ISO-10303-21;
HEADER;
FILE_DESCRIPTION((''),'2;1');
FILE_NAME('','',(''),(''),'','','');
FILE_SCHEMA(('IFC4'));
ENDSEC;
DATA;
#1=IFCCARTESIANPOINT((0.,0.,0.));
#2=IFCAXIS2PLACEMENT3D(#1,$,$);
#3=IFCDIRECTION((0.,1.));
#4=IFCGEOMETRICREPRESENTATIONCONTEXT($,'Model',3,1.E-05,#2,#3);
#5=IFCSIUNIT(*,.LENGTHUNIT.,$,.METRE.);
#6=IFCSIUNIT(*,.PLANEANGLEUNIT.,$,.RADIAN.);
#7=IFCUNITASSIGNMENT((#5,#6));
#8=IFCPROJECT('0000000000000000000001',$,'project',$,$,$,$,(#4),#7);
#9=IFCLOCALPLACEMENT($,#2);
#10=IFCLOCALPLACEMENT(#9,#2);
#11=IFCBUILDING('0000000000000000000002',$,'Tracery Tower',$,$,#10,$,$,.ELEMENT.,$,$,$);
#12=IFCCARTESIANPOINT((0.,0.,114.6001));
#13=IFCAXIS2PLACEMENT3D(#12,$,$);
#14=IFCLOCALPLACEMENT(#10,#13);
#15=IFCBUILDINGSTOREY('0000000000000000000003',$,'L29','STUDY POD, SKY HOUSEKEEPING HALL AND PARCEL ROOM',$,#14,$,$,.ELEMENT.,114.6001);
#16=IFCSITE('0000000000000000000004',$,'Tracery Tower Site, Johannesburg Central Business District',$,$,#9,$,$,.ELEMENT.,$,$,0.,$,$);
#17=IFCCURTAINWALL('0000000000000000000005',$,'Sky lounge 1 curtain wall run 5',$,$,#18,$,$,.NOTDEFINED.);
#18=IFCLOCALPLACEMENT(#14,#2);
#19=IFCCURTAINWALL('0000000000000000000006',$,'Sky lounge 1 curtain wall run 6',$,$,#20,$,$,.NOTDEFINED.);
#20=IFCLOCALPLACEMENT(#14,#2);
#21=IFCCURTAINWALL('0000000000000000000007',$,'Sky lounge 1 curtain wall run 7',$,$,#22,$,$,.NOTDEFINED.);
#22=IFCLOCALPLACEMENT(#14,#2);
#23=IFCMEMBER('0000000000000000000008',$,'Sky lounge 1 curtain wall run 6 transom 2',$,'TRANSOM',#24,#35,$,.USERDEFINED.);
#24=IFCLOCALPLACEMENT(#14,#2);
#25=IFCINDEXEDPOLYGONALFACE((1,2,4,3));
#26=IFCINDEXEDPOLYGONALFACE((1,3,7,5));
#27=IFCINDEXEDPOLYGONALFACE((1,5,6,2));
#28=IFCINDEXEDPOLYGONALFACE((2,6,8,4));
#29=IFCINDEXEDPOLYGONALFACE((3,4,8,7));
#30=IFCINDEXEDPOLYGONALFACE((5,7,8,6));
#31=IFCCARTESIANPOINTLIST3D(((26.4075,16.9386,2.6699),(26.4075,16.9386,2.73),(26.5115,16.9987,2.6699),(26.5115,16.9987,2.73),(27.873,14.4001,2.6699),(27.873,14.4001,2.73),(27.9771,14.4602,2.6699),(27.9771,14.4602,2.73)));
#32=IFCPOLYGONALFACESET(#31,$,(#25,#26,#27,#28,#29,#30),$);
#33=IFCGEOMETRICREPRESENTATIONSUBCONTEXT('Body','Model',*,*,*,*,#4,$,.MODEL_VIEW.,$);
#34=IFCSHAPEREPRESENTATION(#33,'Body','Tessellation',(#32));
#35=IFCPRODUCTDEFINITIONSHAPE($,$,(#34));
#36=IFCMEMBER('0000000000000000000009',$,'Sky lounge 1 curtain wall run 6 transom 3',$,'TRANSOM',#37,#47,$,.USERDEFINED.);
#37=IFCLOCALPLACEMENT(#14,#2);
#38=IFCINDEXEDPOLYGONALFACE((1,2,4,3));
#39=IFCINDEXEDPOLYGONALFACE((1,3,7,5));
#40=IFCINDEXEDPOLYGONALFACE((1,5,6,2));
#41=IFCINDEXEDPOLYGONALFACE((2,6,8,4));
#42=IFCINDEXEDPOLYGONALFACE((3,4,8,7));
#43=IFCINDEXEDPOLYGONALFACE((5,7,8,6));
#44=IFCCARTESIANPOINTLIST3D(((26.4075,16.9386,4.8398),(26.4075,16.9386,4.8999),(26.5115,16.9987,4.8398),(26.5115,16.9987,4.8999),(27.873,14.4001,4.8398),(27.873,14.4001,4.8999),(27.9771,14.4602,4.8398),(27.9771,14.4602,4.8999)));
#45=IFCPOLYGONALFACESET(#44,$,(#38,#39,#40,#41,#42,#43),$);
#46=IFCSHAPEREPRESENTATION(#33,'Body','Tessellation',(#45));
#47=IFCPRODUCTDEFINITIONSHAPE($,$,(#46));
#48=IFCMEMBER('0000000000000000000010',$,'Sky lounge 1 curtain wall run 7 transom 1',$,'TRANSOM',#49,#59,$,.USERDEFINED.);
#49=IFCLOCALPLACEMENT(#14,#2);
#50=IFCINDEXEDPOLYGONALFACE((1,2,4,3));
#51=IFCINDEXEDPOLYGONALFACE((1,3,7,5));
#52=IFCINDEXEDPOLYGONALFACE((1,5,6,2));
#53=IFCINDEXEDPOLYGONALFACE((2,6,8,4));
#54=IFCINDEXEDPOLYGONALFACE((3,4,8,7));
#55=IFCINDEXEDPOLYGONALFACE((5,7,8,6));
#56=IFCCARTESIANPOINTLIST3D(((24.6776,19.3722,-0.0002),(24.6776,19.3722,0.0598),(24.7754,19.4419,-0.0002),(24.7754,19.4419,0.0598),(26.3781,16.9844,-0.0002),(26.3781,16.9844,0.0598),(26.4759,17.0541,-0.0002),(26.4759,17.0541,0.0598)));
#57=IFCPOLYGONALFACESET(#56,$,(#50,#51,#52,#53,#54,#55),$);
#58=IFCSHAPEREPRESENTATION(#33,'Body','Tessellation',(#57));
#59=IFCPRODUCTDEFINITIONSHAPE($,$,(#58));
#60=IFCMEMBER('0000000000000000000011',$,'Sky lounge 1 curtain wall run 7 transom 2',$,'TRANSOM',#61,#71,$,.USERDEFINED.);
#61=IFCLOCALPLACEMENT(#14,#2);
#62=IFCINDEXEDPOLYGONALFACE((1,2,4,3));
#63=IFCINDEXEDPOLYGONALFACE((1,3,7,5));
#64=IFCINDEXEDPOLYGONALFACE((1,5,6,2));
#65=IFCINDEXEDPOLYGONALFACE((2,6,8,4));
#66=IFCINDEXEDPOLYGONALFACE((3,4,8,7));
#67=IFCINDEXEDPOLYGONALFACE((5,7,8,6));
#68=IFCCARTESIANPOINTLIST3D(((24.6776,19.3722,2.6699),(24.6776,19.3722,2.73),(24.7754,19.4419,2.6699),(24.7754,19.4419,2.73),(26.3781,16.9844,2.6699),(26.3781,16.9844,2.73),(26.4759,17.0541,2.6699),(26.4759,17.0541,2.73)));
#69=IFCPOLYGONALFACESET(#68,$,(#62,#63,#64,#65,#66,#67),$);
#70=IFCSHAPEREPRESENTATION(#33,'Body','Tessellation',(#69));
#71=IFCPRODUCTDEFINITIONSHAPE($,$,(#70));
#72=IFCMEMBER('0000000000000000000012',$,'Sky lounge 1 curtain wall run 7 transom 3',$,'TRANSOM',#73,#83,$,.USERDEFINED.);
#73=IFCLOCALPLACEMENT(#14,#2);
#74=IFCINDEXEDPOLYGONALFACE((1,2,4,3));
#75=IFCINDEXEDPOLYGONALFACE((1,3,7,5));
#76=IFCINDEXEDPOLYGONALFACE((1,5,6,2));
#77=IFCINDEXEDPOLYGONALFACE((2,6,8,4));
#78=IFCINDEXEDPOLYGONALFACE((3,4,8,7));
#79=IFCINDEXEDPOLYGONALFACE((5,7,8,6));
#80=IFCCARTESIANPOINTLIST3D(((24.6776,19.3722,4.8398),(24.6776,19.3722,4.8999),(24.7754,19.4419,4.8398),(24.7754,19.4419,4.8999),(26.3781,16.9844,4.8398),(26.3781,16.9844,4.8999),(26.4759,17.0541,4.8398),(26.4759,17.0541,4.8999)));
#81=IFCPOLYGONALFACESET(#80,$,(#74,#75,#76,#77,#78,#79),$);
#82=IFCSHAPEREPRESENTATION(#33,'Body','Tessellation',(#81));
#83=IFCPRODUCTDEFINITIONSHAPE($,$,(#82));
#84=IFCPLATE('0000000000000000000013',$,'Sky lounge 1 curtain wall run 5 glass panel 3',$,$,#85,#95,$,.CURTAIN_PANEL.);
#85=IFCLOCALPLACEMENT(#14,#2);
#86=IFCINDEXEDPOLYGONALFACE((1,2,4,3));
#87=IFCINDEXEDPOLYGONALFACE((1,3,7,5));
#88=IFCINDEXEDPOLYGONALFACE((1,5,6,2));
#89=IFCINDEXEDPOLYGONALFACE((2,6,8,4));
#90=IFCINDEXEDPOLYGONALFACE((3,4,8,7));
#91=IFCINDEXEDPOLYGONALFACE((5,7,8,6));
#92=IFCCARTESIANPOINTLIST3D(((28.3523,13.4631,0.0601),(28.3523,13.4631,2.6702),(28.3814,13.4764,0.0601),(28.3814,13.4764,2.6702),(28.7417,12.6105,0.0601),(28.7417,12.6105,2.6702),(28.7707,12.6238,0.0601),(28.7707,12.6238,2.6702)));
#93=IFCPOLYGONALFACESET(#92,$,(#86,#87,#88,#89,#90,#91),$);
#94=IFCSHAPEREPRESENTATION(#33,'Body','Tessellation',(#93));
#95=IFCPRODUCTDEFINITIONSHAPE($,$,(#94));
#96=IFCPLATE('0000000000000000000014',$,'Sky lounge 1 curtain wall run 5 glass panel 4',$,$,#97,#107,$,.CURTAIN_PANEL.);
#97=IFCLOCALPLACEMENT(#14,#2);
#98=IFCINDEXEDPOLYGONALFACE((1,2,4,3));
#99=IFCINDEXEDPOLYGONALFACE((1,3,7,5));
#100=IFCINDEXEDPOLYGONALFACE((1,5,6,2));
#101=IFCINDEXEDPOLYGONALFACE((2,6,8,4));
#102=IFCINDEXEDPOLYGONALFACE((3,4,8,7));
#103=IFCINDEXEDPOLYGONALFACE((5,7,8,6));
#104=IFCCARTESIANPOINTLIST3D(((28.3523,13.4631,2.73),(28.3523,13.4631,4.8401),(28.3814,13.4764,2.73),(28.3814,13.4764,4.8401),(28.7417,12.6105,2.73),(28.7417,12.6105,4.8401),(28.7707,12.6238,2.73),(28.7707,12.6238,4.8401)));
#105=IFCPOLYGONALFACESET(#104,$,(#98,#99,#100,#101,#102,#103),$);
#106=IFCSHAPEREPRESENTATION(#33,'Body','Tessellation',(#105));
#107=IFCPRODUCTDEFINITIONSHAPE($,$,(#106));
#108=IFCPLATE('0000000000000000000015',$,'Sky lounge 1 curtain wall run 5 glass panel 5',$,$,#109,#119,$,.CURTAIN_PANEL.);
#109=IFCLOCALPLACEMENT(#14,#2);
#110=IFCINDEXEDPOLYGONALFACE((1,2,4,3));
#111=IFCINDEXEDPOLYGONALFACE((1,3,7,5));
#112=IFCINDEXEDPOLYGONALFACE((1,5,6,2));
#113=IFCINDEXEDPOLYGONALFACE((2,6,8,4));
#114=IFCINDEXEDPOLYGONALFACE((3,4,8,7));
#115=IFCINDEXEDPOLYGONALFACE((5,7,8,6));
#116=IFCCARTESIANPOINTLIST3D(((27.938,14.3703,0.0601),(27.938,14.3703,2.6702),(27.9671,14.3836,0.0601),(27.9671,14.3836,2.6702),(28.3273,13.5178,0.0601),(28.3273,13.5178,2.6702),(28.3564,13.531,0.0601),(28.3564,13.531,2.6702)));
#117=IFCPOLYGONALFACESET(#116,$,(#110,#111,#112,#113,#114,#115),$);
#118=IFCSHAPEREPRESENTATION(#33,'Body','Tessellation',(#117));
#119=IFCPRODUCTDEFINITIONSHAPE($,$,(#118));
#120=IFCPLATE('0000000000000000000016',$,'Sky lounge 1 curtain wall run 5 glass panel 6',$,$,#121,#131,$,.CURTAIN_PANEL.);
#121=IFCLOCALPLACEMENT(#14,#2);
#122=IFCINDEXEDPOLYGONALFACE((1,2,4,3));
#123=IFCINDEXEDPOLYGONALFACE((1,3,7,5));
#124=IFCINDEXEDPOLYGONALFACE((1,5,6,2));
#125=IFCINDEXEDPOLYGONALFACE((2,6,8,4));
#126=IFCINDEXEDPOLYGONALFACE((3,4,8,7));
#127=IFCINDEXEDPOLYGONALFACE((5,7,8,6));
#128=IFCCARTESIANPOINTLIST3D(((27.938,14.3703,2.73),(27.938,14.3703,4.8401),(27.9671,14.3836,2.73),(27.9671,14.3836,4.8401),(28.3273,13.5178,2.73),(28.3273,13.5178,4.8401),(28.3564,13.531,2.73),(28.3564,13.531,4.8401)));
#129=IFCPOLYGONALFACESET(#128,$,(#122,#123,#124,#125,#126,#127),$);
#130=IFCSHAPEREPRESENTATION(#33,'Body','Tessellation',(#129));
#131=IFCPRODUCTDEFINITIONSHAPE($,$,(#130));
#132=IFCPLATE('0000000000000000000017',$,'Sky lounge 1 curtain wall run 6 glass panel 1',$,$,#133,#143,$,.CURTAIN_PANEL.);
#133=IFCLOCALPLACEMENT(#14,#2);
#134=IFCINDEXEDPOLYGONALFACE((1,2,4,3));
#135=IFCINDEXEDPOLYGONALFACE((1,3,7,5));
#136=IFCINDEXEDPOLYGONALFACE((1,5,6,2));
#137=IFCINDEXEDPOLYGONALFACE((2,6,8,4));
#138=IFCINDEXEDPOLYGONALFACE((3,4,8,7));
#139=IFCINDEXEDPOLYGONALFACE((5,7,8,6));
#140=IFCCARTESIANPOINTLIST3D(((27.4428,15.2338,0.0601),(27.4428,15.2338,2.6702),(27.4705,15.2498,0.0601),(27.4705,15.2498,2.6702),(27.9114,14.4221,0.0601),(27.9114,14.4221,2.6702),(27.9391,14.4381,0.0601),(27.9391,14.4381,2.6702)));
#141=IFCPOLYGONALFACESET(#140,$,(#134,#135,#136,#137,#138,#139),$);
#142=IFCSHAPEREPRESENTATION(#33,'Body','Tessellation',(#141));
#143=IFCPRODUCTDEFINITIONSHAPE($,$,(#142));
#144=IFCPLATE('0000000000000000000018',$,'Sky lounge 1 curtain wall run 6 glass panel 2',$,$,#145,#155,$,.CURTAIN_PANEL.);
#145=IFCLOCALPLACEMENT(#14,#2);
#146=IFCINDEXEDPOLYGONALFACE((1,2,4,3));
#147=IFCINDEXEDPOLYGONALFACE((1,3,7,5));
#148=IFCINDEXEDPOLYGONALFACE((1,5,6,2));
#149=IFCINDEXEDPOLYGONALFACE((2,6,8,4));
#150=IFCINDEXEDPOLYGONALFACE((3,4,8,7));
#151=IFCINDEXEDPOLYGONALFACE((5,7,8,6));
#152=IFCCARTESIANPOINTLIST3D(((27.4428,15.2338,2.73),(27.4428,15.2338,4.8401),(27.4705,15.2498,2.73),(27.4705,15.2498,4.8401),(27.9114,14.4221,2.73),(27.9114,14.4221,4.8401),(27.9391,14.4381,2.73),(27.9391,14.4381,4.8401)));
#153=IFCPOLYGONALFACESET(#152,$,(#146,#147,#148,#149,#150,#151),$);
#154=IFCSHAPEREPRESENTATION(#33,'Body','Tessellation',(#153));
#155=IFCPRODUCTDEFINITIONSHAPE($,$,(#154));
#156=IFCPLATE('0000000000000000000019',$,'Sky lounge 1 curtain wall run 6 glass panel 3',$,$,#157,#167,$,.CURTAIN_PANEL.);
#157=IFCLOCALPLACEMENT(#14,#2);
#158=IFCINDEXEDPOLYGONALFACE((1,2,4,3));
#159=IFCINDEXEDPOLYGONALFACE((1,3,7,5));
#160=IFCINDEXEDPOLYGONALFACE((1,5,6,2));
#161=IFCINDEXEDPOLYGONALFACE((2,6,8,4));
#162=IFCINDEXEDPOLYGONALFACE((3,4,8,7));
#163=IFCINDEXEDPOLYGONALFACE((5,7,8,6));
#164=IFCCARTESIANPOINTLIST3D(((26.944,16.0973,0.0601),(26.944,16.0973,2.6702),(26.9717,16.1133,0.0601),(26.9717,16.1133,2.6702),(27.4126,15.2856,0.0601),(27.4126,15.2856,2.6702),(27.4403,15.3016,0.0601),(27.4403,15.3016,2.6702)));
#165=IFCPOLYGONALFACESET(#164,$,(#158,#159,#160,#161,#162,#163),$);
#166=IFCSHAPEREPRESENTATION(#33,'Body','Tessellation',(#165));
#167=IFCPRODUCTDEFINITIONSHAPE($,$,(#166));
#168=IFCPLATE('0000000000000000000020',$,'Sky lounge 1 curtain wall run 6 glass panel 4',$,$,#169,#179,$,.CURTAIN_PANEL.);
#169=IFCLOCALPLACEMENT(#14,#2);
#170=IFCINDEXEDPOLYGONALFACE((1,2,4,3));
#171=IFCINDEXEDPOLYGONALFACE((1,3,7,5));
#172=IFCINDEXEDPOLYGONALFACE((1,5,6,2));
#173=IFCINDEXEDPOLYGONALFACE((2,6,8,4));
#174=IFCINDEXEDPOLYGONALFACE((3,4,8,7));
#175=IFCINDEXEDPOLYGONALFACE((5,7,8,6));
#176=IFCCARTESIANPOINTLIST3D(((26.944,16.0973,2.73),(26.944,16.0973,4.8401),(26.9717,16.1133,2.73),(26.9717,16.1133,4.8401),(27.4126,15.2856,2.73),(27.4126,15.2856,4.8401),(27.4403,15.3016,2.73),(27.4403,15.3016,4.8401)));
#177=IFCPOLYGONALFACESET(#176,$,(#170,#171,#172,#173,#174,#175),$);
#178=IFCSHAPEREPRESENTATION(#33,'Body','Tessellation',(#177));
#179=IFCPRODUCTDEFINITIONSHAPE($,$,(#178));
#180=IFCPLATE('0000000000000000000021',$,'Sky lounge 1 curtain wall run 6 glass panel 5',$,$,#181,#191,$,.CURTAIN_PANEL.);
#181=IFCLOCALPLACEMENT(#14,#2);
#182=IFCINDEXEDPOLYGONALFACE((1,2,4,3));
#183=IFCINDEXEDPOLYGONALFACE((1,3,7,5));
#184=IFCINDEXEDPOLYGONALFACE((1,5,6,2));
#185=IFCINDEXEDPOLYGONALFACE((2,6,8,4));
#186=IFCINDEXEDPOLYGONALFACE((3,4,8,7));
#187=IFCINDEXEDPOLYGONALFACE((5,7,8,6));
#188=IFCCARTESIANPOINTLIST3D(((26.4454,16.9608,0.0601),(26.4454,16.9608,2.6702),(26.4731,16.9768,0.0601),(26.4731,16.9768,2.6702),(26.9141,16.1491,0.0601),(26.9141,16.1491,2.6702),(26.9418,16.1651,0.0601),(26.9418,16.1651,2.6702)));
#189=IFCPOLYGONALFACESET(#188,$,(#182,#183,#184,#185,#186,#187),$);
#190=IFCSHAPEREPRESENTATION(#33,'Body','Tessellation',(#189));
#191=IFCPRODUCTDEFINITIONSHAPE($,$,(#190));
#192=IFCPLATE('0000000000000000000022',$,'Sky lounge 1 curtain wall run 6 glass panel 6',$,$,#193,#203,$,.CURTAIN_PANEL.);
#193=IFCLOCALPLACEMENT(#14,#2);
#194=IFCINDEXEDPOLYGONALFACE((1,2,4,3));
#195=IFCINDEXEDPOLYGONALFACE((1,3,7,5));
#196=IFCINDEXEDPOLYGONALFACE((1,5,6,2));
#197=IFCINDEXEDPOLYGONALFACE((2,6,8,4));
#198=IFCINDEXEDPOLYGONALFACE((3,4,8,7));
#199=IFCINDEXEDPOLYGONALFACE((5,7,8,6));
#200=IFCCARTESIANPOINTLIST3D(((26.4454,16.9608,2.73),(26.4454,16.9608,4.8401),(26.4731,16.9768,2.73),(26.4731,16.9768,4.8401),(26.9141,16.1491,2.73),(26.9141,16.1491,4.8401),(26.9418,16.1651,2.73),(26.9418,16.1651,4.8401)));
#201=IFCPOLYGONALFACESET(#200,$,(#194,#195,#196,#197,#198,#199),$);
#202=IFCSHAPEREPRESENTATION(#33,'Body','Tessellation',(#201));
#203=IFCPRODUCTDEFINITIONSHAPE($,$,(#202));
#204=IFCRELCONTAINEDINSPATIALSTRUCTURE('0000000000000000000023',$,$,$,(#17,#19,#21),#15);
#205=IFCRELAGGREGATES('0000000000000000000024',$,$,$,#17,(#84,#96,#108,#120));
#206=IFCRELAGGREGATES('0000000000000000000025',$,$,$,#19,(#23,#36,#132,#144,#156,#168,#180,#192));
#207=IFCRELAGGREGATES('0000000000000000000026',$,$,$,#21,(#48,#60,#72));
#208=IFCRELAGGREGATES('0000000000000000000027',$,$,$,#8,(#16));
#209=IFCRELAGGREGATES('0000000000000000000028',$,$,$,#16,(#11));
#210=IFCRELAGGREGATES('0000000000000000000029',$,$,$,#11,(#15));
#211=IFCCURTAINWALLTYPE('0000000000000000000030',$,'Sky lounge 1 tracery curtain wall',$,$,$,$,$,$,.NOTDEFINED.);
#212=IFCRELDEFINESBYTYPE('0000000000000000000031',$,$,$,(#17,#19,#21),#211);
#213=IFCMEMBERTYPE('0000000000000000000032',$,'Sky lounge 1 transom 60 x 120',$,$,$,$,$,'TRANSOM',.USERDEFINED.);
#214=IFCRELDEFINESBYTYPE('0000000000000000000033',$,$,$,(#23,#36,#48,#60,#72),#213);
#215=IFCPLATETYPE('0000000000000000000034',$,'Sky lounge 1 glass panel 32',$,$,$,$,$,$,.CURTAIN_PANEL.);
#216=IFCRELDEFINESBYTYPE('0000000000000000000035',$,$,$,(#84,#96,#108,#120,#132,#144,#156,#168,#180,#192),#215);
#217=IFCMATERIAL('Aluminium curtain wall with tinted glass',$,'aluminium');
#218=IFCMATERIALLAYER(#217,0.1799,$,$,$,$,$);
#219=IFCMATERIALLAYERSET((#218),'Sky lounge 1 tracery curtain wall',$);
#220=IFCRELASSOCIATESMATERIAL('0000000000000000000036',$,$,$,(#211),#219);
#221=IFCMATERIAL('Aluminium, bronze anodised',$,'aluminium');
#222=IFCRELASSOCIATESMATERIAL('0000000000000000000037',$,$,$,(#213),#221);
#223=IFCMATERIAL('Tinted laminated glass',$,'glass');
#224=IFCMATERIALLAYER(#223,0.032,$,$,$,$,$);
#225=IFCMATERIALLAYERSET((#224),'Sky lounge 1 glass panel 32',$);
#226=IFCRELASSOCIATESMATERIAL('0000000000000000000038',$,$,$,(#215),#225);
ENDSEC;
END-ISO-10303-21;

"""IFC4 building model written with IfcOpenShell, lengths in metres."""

from ifc_helpers import new_model, si_unit, direction, frame, origin, origin_2d, place, context, subcontext, project, spatial, rectangle, extrude, material, layer, layer_set, material_profile, profile_set, type_object, element, aggregate, save


model = new_model("IFC4")

# Units and contexts
model_context = context("Model", 3, precision=1e-05, world=origin(), true_north=direction((0.0, 1.0)))
body_context = subcontext(model_context, "Body", "Model", "MODEL_VIEW")
ifc_project = project(units=[si_unit("LENGTHUNIT", "METRE"), si_unit("PLANEANGLEUNIT", "RADIAN")], contexts=[model_context])

# Site, building, storey
site_placement = place(None, origin())
site = spatial("IfcSite", under=ifc_project, at=site_placement, Name="Tracery Tower Site, Johannesburg Central Business District", CompositionType="ELEMENT", RefElevation=0.0)
building_placement = place(site_placement, origin())
building = spatial("IfcBuilding", under=site, at=building_placement, Name="Tracery Tower", CompositionType="ELEMENT")
storey_placement = place(building_placement, frame((0.0, 0.0, 114.6001)))
storey = spatial("IfcBuildingStorey", under=building, at=storey_placement, Name="L29", Description="STUDY POD, SKY HOUSEKEEPING HALL AND PARCEL ROOM", CompositionType="ELEMENT", Elevation=114.6001)

# Curtain walls
ifc_material_1 = material(Name="Aluminium curtain wall with tinted glass", Category="aluminium")
ifc_layer_1 = layer(ifc_material_1, 0.1799)
ifc_layer_set_1 = layer_set([ifc_layer_1], Name="Sky lounge 1 tracery curtain wall")
curtain_wall_type = type_object("IfcCurtainWallType", Name="Sky lounge 1 tracery curtain wall", PredefinedType="NOTDEFINED", material=ifc_layer_set_1)
curtain_wall_1_placement = place(storey_placement, origin())
curtain_wall_1 = element("IfcCurtainWall", 1, at=curtain_wall_1_placement, inside=storey, type_object=curtain_wall_type, Name="Sky lounge 1 curtain wall run 5", PredefinedType="NOTDEFINED")
curtain_wall_2_placement = place(storey_placement, origin())
curtain_wall_2 = element("IfcCurtainWall", 2, at=curtain_wall_2_placement, inside=storey, type_object=curtain_wall_type, Name="Sky lounge 1 curtain wall run 6", PredefinedType="NOTDEFINED")
curtain_wall_3_placement = place(storey_placement, origin())
curtain_wall_3 = element("IfcCurtainWall", 3, at=curtain_wall_3_placement, inside=storey, type_object=curtain_wall_type, Name="Sky lounge 1 curtain wall run 7", PredefinedType="NOTDEFINED")

# Members
ifc_material_2 = material(Name="Aluminium, bronze anodised", Category="aluminium")
ifc_material_profile_1 = material_profile(ifc_material_2, rectangle(XDim=0.1201, YDim=0.0601, at=origin_2d()), Name="AL 60x120")
ifc_profile_set_1 = profile_set([ifc_material_profile_1], Name="Aluminium, bronze anodised")
member_type_1 = type_object("IfcMemberType", Name="Sky lounge 1 transom 60 x 120", ElementType="TRANSOM", PredefinedType="USERDEFINED", material=ifc_profile_set_1)
member_1_placement = place(storey_placement, frame((27.925, 14.4302, 2.7), z_axis=(-0.499982, 0.866036, 0.0), x_axis=(-0.866036, -0.499982, 0.0)))
member_1 = element("IfcMember", 4, at=member_1_placement, type_object=member_type_1, Name="Sky lounge 1 curtain wall run 6 transom 2", ObjectType="TRANSOM", PredefinedType="USERDEFINED", context=body_context, shape_type="SweptSolid", body=[
    extrude(rectangle(XDim=0.1201, YDim=0.0601, at=origin_2d()), origin(), (0.0, 0.0, 1.0), 2.9312),
])
member_2_placement = place(storey_placement, frame((27.925, 14.4302, 4.8699), z_axis=(-0.499982, 0.866036, 0.0), x_axis=(-0.866036, -0.499982, 0.0)))
member_2 = element("IfcMember", 5, at=member_2_placement, type_object=member_type_1, Name="Sky lounge 1 curtain wall run 6 transom 3", ObjectType="TRANSOM", PredefinedType="USERDEFINED", context=body_context, shape_type="SweptSolid", body=[
    extrude(rectangle(XDim=0.1201, YDim=0.0601, at=origin_2d()), origin(), (0.0, 0.0, 1.0), 2.9312),
])
member_3_placement = place(storey_placement, frame((26.427, 17.0193, 0.0298), z_axis=(-0.580095, 0.814549, 0.0), x_axis=(-0.814549, -0.580095, 0.0)))
member_3 = element("IfcMember", 6, at=member_3_placement, type_object=member_type_1, Name="Sky lounge 1 curtain wall run 7 transom 1", ObjectType="TRANSOM", PredefinedType="USERDEFINED", context=body_context, shape_type="SweptSolid", body=[
    extrude(rectangle(XDim=0.1201, YDim=0.0601, at=origin_2d()), origin(), (0.0, 0.0, 1.0), 2.9314),
])
member_4_placement = place(storey_placement, frame((26.427, 17.0193, 2.7), z_axis=(-0.580095, 0.814549, 0.0), x_axis=(-0.814549, -0.580095, 0.0)))
member_4 = element("IfcMember", 7, at=member_4_placement, type_object=member_type_1, Name="Sky lounge 1 curtain wall run 7 transom 2", ObjectType="TRANSOM", PredefinedType="USERDEFINED", context=body_context, shape_type="SweptSolid", body=[
    extrude(rectangle(XDim=0.1201, YDim=0.0601, at=origin_2d()), origin(), (0.0, 0.0, 1.0), 2.9314),
])
member_5_placement = place(storey_placement, frame((26.427, 17.0193, 4.8699), z_axis=(-0.580095, 0.814549, 0.0), x_axis=(-0.814549, -0.580095, 0.0)))
member_5 = element("IfcMember", 8, at=member_5_placement, type_object=member_type_1, Name="Sky lounge 1 curtain wall run 7 transom 3", ObjectType="TRANSOM", PredefinedType="USERDEFINED", context=body_context, shape_type="SweptSolid", body=[
    extrude(rectangle(XDim=0.1201, YDim=0.0601, at=origin_2d()), origin(), (0.0, 0.0, 1.0), 2.9314),
])

# Plates
ifc_material_3 = material(Name="Tinted laminated glass", Category="glass")
ifc_layer_2 = layer(ifc_material_3, 0.032)
ifc_layer_set_2 = layer_set([ifc_layer_2], Name="Sky lounge 1 glass panel 32")
plate_type = type_object("IfcPlateType", Name="Sky lounge 1 glass panel 32", PredefinedType="CURTAIN_PANEL", material=ifc_layer_set_2)
plate_1_placement = place(storey_placement, frame((28.5615, 13.0435, 0.0601), z_axis=(0.0, 0.0, 1.0), x_axis=(-0.415415, 0.909632, 0.0)))
plate_1 = element("IfcPlate", 9, at=plate_1_placement, type_object=plate_type, Name="Sky lounge 1 curtain wall run 5 glass panel 3", PredefinedType="CURTAIN_PANEL", context=body_context, shape_type="SweptSolid", body=[
    extrude(rectangle(XDim=0.9373, YDim=0.032, at=origin_2d()), origin(), (0.0, 0.0, 1.0), 2.6101),
])
plate_2_placement = place(storey_placement, frame((28.5615, 13.0435, 2.73), z_axis=(0.0, 0.0, 1.0), x_axis=(-0.415415, 0.909632, 0.0)))
plate_2 = element("IfcPlate", 10, at=plate_2_placement, type_object=plate_type, Name="Sky lounge 1 curtain wall run 5 glass panel 4", PredefinedType="CURTAIN_PANEL", context=body_context, shape_type="SweptSolid", body=[
    extrude(rectangle(XDim=0.9373, YDim=0.032, at=origin_2d()), origin(), (0.0, 0.0, 1.0), 2.1101),
])
plate_3_placement = place(storey_placement, frame((28.1472, 13.9507, 0.0601), z_axis=(0.0, 0.0, 1.0), x_axis=(-0.415415, 0.909632, 0.0)))
plate_3 = element("IfcPlate", 11, at=plate_3_placement, type_object=plate_type, Name="Sky lounge 1 curtain wall run 5 glass panel 5", PredefinedType="CURTAIN_PANEL", context=body_context, shape_type="SweptSolid", body=[
    extrude(rectangle(XDim=0.9373, YDim=0.032, at=origin_2d()), origin(), (0.0, 0.0, 1.0), 2.6101),
])
plate_4_placement = place(storey_placement, frame((28.1472, 13.9507, 2.73), z_axis=(0.0, 0.0, 1.0), x_axis=(-0.415415, 0.909632, 0.0)))
plate_4 = element("IfcPlate", 12, at=plate_4_placement, type_object=plate_type, Name="Sky lounge 1 curtain wall run 5 glass panel 6", PredefinedType="CURTAIN_PANEL", context=body_context, shape_type="SweptSolid", body=[
    extrude(rectangle(XDim=0.9373, YDim=0.032, at=origin_2d()), origin(), (0.0, 0.0, 1.0), 2.1101),
])
aggregate(curtain_wall_1, [plate_1, plate_2, plate_3, plate_4])
plate_5_placement = place(storey_placement, frame((27.6909, 14.8359, 0.0601), z_axis=(0.0, 0.0, 1.0), x_axis=(-0.5, 0.866025, 0.0)))
plate_5 = element("IfcPlate", 13, at=plate_5_placement, type_object=plate_type, Name="Sky lounge 1 curtain wall run 6 glass panel 1", PredefinedType="CURTAIN_PANEL", context=body_context, shape_type="SweptSolid", body=[
    extrude(rectangle(XDim=0.9373, YDim=0.032, at=origin_2d()), origin(), (0.0, 0.0, 1.0), 2.6101),
])
plate_6_placement = place(storey_placement, frame((27.6909, 14.8359, 2.73), z_axis=(0.0, 0.0, 1.0), x_axis=(-0.5, 0.866025, 0.0)))
plate_6 = element("IfcPlate", 14, at=plate_6_placement, type_object=plate_type, Name="Sky lounge 1 curtain wall run 6 glass panel 2", PredefinedType="CURTAIN_PANEL", context=body_context, shape_type="SweptSolid", body=[
    extrude(rectangle(XDim=0.9373, YDim=0.032, at=origin_2d()), origin(), (0.0, 0.0, 1.0), 2.1101),
])
plate_7_placement = place(storey_placement, frame((27.1921, 15.6995, 0.0601), z_axis=(0.0, 0.0, 1.0), x_axis=(-0.5, 0.866025, 0.0)))
plate_7 = element("IfcPlate", 15, at=plate_7_placement, type_object=plate_type, Name="Sky lounge 1 curtain wall run 6 glass panel 3", PredefinedType="CURTAIN_PANEL", context=body_context, shape_type="SweptSolid", body=[
    extrude(rectangle(XDim=0.9373, YDim=0.032, at=origin_2d()), origin(), (0.0, 0.0, 1.0), 2.6101),
])
plate_8_placement = place(storey_placement, frame((27.1921, 15.6995, 2.73), z_axis=(0.0, 0.0, 1.0), x_axis=(-0.5, 0.866025, 0.0)))
plate_8 = element("IfcPlate", 16, at=plate_8_placement, type_object=plate_type, Name="Sky lounge 1 curtain wall run 6 glass panel 4", PredefinedType="CURTAIN_PANEL", context=body_context, shape_type="SweptSolid", body=[
    extrude(rectangle(XDim=0.9373, YDim=0.032, at=origin_2d()), origin(), (0.0, 0.0, 1.0), 2.1101),
])
plate_9_placement = place(storey_placement, frame((26.6936, 16.563, 0.0601), z_axis=(0.0, 0.0, 1.0), x_axis=(-0.5, 0.866025, 0.0)))
plate_9 = element("IfcPlate", 17, at=plate_9_placement, type_object=plate_type, Name="Sky lounge 1 curtain wall run 6 glass panel 5", PredefinedType="CURTAIN_PANEL", context=body_context, shape_type="SweptSolid", body=[
    extrude(rectangle(XDim=0.9373, YDim=0.032, at=origin_2d()), origin(), (0.0, 0.0, 1.0), 2.6101),
])
plate_10_placement = place(storey_placement, frame((26.6936, 16.563, 2.73), z_axis=(0.0, 0.0, 1.0), x_axis=(-0.5, 0.866025, 0.0)))
plate_10 = element("IfcPlate", 18, at=plate_10_placement, type_object=plate_type, Name="Sky lounge 1 curtain wall run 6 glass panel 6", PredefinedType="CURTAIN_PANEL", context=body_context, shape_type="SweptSolid", body=[
    extrude(rectangle(XDim=0.9373, YDim=0.032, at=origin_2d()), origin(), (0.0, 0.0, 1.0), 2.1101),
])
aggregate(curtain_wall_2, [member_1, member_2, plate_5, plate_6, plate_7, plate_8, plate_9, plate_10])
aggregate(curtain_wall_3, [member_3, member_4, member_5])

save(model, "model.ifc")
